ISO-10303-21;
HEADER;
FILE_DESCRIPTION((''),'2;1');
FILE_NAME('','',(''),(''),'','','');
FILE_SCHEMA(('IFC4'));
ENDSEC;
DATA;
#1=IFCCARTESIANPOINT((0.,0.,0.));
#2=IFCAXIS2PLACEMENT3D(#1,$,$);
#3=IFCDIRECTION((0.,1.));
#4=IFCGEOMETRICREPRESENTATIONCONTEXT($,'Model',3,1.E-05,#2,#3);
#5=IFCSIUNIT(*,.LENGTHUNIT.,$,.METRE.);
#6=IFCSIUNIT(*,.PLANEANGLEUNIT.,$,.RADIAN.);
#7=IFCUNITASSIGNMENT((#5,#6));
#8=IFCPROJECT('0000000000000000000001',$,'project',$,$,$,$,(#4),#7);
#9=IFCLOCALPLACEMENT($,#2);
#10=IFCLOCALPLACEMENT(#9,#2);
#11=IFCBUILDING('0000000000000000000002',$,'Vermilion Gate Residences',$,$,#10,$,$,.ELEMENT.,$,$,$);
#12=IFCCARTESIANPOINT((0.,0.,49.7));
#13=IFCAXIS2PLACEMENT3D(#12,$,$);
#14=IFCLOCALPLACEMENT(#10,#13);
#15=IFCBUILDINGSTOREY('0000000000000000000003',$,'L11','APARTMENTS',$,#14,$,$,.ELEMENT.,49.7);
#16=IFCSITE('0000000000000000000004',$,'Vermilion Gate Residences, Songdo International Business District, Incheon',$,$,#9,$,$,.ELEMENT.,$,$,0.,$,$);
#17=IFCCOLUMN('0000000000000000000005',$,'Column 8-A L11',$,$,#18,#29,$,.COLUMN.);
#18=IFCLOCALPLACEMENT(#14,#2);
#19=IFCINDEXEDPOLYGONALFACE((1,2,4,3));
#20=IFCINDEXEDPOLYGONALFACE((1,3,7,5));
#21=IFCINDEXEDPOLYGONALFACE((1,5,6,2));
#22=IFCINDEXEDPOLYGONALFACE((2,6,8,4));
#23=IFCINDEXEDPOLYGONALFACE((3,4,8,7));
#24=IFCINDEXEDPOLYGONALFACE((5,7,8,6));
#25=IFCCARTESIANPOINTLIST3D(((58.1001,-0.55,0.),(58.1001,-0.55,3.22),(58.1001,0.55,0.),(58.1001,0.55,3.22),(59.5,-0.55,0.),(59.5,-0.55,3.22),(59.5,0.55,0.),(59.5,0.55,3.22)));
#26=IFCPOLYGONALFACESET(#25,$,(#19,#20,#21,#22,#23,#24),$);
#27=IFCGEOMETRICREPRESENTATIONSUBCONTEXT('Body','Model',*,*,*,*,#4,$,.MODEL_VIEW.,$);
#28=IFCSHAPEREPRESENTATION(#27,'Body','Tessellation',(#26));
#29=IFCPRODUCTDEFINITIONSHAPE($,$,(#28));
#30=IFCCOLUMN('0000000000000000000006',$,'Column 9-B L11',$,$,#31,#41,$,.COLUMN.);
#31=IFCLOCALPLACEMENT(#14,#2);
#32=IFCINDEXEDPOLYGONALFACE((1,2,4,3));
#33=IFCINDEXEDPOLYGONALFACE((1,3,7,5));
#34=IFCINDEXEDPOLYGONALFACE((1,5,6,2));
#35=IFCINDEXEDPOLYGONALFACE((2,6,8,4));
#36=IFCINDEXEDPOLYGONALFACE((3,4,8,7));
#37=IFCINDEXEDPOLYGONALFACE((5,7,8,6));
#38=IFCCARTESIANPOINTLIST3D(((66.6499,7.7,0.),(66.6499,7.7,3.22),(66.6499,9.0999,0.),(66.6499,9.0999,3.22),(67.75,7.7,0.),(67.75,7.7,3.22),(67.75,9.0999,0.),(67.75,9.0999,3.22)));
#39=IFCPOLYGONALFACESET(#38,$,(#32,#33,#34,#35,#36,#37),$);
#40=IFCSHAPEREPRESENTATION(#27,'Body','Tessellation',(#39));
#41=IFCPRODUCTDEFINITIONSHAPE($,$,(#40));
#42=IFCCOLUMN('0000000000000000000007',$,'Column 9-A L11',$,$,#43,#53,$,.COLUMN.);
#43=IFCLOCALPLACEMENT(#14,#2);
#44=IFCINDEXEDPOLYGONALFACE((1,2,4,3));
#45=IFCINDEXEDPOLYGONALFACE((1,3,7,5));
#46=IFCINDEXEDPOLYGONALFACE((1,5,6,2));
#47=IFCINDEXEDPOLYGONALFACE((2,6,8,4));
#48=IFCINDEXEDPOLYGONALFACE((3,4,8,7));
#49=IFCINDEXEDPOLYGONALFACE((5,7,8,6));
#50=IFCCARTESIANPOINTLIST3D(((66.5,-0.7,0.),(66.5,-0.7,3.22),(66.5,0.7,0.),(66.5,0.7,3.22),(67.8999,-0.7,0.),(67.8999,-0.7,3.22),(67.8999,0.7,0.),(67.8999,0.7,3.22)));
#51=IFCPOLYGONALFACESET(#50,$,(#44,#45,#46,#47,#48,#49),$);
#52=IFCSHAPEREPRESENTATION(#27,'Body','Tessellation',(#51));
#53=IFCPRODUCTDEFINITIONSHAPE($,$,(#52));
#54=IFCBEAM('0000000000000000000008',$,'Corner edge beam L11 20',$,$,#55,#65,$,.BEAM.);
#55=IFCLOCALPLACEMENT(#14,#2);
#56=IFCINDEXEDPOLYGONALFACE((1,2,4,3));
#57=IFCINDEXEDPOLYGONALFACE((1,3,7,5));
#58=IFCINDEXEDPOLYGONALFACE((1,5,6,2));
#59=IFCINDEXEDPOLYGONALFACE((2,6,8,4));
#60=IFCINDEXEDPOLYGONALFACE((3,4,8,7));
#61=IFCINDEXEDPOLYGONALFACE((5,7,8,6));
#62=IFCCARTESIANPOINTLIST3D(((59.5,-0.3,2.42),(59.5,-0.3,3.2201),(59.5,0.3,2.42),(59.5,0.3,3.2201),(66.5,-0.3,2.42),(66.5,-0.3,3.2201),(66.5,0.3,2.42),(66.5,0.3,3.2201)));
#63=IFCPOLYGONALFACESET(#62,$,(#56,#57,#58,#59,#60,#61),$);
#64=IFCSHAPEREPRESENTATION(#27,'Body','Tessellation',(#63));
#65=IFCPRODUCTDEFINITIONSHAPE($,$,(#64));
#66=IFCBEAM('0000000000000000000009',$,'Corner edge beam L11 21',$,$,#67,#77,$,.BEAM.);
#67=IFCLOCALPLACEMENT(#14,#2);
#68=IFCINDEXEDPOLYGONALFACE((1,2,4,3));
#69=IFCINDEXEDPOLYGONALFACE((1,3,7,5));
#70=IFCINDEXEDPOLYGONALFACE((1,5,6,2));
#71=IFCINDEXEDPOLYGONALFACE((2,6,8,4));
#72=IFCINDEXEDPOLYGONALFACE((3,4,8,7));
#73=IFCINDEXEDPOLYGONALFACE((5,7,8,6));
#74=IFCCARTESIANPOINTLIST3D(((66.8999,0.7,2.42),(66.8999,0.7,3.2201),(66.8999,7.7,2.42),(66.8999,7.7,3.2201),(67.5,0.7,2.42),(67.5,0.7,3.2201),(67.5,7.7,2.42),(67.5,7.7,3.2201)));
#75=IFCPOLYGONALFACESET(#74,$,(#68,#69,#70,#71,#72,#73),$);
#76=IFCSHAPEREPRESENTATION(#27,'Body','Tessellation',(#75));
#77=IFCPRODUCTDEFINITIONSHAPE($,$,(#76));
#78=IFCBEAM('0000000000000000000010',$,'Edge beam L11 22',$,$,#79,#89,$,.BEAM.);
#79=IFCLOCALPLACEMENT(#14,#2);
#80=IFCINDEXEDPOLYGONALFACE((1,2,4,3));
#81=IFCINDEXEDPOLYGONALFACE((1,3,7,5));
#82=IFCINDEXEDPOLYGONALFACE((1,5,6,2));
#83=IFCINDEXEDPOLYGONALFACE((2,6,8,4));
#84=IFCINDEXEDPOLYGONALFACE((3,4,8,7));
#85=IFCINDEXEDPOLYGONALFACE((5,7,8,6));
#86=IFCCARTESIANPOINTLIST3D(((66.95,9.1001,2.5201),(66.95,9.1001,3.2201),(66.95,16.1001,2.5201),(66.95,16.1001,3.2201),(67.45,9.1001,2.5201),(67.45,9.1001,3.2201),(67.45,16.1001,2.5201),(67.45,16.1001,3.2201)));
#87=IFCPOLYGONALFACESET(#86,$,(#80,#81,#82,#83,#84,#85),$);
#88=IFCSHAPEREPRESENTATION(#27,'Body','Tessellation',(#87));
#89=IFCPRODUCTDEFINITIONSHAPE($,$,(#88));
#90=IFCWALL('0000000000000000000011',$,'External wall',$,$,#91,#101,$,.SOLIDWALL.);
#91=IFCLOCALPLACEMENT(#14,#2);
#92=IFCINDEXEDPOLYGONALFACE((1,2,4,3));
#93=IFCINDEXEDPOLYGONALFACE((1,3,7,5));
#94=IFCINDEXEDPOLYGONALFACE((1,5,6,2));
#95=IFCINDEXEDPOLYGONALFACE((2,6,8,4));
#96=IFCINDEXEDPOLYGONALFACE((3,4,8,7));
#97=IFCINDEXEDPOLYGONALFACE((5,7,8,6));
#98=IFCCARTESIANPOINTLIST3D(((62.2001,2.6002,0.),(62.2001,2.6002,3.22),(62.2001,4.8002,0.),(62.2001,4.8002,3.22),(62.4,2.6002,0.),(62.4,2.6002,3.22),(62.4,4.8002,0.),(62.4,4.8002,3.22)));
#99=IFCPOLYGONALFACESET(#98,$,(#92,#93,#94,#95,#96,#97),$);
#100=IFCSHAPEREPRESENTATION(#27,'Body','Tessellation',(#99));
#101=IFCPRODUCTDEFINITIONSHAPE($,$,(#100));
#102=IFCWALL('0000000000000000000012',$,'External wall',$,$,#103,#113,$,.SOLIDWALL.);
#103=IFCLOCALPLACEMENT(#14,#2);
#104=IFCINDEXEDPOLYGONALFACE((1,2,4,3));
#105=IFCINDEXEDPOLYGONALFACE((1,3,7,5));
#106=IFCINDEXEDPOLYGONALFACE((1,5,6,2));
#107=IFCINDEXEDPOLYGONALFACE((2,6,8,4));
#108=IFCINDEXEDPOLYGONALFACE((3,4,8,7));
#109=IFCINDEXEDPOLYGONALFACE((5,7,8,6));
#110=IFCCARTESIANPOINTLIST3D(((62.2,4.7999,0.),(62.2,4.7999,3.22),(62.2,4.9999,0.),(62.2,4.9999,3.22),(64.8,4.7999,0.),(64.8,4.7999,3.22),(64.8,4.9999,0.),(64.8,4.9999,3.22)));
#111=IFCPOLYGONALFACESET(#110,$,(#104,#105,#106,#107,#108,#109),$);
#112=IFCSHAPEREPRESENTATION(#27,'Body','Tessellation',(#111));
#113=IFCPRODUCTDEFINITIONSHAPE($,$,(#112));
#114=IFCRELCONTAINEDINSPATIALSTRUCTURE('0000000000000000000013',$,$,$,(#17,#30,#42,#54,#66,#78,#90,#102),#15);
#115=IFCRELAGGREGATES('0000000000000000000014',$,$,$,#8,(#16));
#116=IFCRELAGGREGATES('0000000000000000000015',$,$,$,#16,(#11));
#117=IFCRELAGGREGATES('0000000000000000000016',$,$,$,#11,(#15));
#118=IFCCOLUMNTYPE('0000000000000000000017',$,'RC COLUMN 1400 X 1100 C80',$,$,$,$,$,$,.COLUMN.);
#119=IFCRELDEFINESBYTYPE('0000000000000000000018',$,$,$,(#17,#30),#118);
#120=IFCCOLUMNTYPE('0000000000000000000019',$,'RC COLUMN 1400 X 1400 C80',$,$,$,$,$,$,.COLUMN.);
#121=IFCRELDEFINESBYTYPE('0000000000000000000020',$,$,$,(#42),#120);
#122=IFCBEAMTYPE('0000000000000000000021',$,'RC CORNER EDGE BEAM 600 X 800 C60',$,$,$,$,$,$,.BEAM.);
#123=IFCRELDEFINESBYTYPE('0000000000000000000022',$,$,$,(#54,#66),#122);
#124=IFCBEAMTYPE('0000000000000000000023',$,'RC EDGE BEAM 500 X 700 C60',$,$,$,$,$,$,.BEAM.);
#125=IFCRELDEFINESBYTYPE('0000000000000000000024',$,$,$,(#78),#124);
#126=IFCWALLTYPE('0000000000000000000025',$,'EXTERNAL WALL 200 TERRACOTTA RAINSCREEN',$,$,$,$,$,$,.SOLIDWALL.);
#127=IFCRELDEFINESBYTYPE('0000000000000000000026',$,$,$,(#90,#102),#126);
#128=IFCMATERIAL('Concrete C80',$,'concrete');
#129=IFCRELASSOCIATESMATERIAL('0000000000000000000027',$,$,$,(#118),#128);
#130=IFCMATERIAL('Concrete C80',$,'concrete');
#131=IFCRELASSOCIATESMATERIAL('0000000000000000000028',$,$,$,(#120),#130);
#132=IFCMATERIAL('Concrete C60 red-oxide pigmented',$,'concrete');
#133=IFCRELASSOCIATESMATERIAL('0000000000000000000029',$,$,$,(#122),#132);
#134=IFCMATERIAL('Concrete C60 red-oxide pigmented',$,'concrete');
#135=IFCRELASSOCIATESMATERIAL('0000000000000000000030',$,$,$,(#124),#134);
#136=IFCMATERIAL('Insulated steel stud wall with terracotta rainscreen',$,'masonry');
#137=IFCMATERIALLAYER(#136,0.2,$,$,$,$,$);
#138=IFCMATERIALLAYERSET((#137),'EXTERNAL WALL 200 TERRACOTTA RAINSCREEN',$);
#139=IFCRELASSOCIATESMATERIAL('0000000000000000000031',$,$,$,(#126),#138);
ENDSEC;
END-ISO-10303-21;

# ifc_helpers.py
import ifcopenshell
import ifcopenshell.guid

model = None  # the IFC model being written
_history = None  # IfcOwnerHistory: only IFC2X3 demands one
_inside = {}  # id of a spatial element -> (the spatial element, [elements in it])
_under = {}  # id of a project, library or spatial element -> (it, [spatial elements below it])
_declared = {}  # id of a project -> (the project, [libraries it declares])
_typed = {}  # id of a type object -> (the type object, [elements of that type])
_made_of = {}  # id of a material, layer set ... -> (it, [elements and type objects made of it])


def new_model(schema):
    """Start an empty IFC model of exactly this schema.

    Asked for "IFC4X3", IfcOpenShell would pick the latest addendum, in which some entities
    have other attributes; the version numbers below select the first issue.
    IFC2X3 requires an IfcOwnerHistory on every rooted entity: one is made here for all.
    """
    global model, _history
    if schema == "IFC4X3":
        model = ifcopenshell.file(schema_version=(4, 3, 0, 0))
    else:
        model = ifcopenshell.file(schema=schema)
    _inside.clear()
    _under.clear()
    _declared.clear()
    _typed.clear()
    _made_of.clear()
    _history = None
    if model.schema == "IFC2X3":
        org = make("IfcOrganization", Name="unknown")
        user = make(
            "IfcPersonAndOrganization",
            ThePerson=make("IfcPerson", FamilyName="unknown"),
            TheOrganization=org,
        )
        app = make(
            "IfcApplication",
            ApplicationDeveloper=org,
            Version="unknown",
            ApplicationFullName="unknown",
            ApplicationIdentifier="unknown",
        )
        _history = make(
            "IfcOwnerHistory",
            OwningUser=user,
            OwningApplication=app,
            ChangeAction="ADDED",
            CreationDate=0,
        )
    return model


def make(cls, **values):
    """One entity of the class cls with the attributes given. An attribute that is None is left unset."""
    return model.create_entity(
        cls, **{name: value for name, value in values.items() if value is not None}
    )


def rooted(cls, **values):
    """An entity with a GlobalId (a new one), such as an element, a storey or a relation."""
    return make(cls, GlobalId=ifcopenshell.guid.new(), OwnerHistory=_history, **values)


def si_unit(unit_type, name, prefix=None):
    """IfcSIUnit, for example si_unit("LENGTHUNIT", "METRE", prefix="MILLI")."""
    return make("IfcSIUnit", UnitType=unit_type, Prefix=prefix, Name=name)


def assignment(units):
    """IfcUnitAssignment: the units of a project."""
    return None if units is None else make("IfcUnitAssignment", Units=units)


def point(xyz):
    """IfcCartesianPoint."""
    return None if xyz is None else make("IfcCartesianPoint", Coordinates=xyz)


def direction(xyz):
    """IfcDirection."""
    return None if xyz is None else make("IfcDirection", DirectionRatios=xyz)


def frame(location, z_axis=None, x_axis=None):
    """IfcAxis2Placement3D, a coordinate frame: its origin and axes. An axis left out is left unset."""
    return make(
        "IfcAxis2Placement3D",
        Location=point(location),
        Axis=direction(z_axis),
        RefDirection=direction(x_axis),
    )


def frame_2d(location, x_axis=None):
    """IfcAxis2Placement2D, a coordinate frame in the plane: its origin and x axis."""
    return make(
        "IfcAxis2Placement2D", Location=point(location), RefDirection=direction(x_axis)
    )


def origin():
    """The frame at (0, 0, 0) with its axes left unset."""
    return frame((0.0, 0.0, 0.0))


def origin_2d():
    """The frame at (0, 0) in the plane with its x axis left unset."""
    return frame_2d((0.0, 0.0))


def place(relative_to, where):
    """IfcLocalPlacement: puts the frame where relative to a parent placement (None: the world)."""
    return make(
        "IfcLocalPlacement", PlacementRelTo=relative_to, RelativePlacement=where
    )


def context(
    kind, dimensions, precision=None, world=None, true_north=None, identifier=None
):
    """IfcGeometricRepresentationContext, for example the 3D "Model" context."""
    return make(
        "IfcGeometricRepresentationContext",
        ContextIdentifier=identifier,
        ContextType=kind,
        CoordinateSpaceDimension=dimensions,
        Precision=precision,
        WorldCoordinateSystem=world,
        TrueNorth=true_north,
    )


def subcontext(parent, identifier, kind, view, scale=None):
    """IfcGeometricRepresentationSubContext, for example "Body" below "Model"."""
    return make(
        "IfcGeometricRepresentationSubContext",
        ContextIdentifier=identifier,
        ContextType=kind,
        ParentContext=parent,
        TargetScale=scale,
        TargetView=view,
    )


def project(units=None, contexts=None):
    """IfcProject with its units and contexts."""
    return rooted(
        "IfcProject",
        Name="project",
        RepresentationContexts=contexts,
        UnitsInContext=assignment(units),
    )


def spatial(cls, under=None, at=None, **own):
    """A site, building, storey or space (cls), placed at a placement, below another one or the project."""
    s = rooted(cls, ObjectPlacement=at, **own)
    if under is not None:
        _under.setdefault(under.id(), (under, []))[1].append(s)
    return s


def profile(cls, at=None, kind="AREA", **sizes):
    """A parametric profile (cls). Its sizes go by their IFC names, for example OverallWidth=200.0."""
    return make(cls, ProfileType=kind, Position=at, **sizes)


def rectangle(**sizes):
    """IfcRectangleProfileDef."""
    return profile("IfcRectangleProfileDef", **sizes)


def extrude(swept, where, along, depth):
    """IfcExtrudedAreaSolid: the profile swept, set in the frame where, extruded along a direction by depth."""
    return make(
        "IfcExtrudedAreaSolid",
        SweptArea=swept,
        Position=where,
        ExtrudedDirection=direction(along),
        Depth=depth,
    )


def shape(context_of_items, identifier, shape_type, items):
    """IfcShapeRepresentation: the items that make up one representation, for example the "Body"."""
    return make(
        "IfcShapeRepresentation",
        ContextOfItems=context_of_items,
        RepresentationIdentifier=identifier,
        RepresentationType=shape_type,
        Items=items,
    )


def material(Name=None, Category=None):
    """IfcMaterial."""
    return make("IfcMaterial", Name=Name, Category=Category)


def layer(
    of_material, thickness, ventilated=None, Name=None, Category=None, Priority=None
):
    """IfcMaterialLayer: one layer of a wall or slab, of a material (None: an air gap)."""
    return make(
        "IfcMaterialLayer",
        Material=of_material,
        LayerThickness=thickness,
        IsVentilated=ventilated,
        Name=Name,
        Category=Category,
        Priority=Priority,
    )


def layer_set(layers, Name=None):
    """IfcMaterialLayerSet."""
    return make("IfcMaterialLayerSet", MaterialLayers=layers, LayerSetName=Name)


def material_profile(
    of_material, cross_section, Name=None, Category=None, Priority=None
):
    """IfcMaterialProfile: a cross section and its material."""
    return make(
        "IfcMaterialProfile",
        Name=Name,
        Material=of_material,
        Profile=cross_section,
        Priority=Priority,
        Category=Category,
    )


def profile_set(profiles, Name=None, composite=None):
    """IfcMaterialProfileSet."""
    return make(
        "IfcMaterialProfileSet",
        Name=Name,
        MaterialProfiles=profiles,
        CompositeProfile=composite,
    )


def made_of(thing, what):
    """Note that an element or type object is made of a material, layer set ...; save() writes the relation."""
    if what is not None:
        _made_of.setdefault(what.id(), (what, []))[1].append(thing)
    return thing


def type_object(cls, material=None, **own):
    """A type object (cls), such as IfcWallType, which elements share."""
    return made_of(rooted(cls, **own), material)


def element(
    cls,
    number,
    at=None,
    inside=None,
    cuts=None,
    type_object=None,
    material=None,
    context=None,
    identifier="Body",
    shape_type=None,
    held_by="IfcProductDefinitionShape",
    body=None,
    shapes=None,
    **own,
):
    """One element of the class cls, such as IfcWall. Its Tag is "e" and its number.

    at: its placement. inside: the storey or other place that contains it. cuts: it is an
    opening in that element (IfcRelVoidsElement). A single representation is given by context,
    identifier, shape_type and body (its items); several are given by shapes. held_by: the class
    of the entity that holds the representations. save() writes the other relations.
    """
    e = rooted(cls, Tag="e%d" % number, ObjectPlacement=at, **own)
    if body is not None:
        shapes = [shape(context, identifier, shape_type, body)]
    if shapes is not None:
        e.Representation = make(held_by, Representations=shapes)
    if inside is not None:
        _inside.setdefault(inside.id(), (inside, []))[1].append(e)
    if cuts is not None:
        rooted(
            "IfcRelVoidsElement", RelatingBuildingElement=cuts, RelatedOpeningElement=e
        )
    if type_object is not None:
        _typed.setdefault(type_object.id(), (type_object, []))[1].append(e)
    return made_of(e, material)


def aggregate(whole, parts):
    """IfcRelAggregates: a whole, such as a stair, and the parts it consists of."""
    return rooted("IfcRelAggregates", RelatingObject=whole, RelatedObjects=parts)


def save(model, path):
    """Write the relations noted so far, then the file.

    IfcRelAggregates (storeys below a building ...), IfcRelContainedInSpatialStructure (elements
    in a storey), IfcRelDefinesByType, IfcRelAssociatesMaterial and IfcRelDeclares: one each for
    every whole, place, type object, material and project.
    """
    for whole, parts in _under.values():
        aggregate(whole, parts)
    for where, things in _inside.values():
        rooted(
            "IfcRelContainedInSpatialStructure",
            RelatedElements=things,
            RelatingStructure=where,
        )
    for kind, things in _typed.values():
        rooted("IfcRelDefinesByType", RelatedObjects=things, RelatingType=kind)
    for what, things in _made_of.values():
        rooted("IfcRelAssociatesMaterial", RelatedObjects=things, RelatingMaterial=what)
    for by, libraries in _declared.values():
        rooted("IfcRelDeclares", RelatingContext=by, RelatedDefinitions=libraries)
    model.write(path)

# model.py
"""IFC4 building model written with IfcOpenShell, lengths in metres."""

from ifc_helpers import new_model, si_unit, direction, frame, frame_2d, origin, origin_2d, place, context, subcontext, project, spatial, rectangle, extrude, material, layer, layer_set, material_profile, profile_set, type_object, element, save


model = new_model("IFC4")

# Units and contexts
model_context = context("Model", 3, precision=1e-05, world=origin(), true_north=direction((0.0, 1.0)))
body_context = subcontext(model_context, "Body", "Model", "MODEL_VIEW")
ifc_project = project(units=[si_unit("LENGTHUNIT", "METRE"), si_unit("PLANEANGLEUNIT", "RADIAN")], contexts=[model_context])

# Site, building, storey
site_placement = place(None, origin())
site = spatial("IfcSite", under=ifc_project, at=site_placement, Name="Vermilion Gate Residences, Songdo International Business District, Incheon", CompositionType="ELEMENT", RefElevation=0.0)
building_placement = place(site_placement, origin())
building = spatial("IfcBuilding", under=site, at=building_placement, Name="Vermilion Gate Residences", CompositionType="ELEMENT")
storey_placement = place(building_placement, frame((0.0, 0.0, 49.7)))
storey = spatial("IfcBuildingStorey", under=building, at=storey_placement, Name="L11", Description="APARTMENTS", CompositionType="ELEMENT", Elevation=49.7)

# Columns
ifc_material_1 = material(Name="Concrete C80", Category="concrete")
ifc_material_profile_1 = material_profile(ifc_material_1, rectangle(XDim=1.3999, YDim=1.1001, at=origin_2d()), Name="RC-1400x1100")
ifc_profile_set_1 = profile_set([ifc_material_profile_1], Name="Concrete C80")
column_type_1 = type_object("IfcColumnType", Name="RC COLUMN 1400 X 1100 C80", PredefinedType="COLUMN", material=ifc_profile_set_1)
for number, where, z_axis, x_axis, name in (
    (1, (58.8, 0.0, 0.0), (0.0, 0.0, 1.0), (1.0, 0.0, 0.0), "Column 8-A L11"),
    (2, (67.2, 8.3999, 0.0), (0.0, 0.0, 1.0), (0.0, 1.0, 0.0), "Column 9-B L11"),
):
    element("IfcColumn", number, at=place(storey_placement, frame(where, z_axis=z_axis, x_axis=x_axis)), inside=storey, type_object=column_type_1, Name=name, PredefinedType="COLUMN", context=body_context, shape_type="SweptSolid", body=[
        extrude(rectangle(XDim=1.3999, YDim=1.1001, at=origin_2d()), origin(), (0.0, 0.0, 1.0), 3.22),
    ])
ifc_material_2 = material(Name="Concrete C80", Category="concrete")
ifc_material_profile_2 = material_profile(ifc_material_2, rectangle(XDim=1.3999, YDim=1.3999, at=origin_2d()), Name="RC-1400x1400")
ifc_profile_set_2 = profile_set([ifc_material_profile_2], Name="Concrete C80")
column_type_2 = type_object("IfcColumnType", Name="RC COLUMN 1400 X 1400 C80", PredefinedType="COLUMN", material=ifc_profile_set_2)
column_placement = place(storey_placement, frame((67.2, 0.0, 0.0), z_axis=(0.0, 0.0, 1.0), x_axis=(1.0, 0.0, 0.0)))
element("IfcColumn", 3, at=column_placement, inside=storey, type_object=column_type_2, Name="Column 9-A L11", PredefinedType="COLUMN", context=body_context, shape_type="SweptSolid", body=[
    extrude(rectangle(XDim=1.3999, YDim=1.3999, at=origin_2d()), origin(), (0.0, 0.0, 1.0), 3.22),
])

# Beams
ifc_material_3 = material(Name="Concrete C60 red-oxide pigmented", Category="concrete")
ifc_material_profile_3 = material_profile(ifc_material_3, rectangle(XDim=0.6001, YDim=0.8, at=origin_2d()), Name="RC-600x800")
ifc_profile_set_3 = profile_set([ifc_material_profile_3], Name="Concrete C60 red-oxide pigmented")
beam_type_1 = type_object("IfcBeamType", Name="RC CORNER EDGE BEAM 600 X 800 C60", PredefinedType="BEAM", material=ifc_profile_set_3)
for number, where, z_axis, x_axis, name in (
    (4, (59.5, 0.0, 2.8201), (1.0, 0.0, 0.0), (0.0, 1.0, 0.0), "Corner edge beam L11 20"),
    (5, (67.2, 0.7, 2.8201), (0.0, 1.0, 0.0), (-1.0, 0.0, 0.0), "Corner edge beam L11 21"),
):
    element("IfcBeam", number, at=place(storey_placement, frame(where, z_axis=z_axis, x_axis=x_axis)), inside=storey, type_object=beam_type_1, Name=name, PredefinedType="BEAM", context=body_context, shape_type="SweptSolid", body=[
        extrude(rectangle(XDim=0.6001, YDim=0.8, at=origin_2d()), origin(), (0.0, 0.0, 1.0), 7.0),
    ])
ifc_material_4 = material(Name="Concrete C60 red-oxide pigmented", Category="concrete")
ifc_material_profile_4 = material_profile(ifc_material_4, rectangle(XDim=0.5, YDim=0.7, at=origin_2d()), Name="RC-500x700")
ifc_profile_set_4 = profile_set([ifc_material_profile_4], Name="Concrete C60 red-oxide pigmented")
beam_type_2 = type_object("IfcBeamType", Name="RC EDGE BEAM 500 X 700 C60", PredefinedType="BEAM", material=ifc_profile_set_4)
beam_placement = place(storey_placement, frame((67.2, 9.1001, 2.8701), z_axis=(0.0, 1.0, 0.0), x_axis=(-1.0, 0.0, 0.0)))
element("IfcBeam", 6, at=beam_placement, inside=storey, type_object=beam_type_2, Name="Edge beam L11 22", PredefinedType="BEAM", context=body_context, shape_type="SweptSolid", body=[
    extrude(rectangle(XDim=0.5, YDim=0.7, at=origin_2d()), origin(), (0.0, 0.0, 1.0), 7.0),
])

# Walls
ifc_material_5 = material(Name="Insulated steel stud wall with terracotta rainscreen", Category="masonry")
ifc_layer_1 = layer(ifc_material_5, 0.2)
ifc_layer_set_1 = layer_set([ifc_layer_1], Name="EXTERNAL WALL 200 TERRACOTTA RAINSCREEN")
wall_type_1 = type_object("IfcWallType", Name="EXTERNAL WALL 200 TERRACOTTA RAINSCREEN", PredefinedType="SOLIDWALL", material=ifc_layer_set_1)
wall_1_placement = place(storey_placement, frame((62.3, 2.6001, 0.0), z_axis=(0.0, 0.0, 1.0), x_axis=(0.0, 1.0, 0.0)))
element("IfcWall", 7, at=wall_1_placement, inside=storey, type_object=wall_type_1, Name="External wall", PredefinedType="SOLIDWALL", context=body_context, shape_type="SweptSolid", body=[
    extrude(rectangle(XDim=2.2, YDim=0.2, at=frame_2d((1.1001, 0.0))), origin(), (0.0, 0.0, 1.0), 3.22),
])
wall_2_placement = place(storey_placement, frame((62.2, 4.8999, 0.0), z_axis=(0.0, 0.0, 1.0), x_axis=(1.0, 0.0, 0.0)))
element("IfcWall", 8, at=wall_2_placement, inside=storey, type_object=wall_type_1, Name="External wall", PredefinedType="SOLIDWALL", context=body_context, shape_type="SweptSolid", body=[
    extrude(rectangle(XDim=2.6001, YDim=0.2, at=frame_2d((1.3, 0.0))), origin(), (0.0, 0.0, 1.0), 3.22),
])

save(model, "model.ifc")
